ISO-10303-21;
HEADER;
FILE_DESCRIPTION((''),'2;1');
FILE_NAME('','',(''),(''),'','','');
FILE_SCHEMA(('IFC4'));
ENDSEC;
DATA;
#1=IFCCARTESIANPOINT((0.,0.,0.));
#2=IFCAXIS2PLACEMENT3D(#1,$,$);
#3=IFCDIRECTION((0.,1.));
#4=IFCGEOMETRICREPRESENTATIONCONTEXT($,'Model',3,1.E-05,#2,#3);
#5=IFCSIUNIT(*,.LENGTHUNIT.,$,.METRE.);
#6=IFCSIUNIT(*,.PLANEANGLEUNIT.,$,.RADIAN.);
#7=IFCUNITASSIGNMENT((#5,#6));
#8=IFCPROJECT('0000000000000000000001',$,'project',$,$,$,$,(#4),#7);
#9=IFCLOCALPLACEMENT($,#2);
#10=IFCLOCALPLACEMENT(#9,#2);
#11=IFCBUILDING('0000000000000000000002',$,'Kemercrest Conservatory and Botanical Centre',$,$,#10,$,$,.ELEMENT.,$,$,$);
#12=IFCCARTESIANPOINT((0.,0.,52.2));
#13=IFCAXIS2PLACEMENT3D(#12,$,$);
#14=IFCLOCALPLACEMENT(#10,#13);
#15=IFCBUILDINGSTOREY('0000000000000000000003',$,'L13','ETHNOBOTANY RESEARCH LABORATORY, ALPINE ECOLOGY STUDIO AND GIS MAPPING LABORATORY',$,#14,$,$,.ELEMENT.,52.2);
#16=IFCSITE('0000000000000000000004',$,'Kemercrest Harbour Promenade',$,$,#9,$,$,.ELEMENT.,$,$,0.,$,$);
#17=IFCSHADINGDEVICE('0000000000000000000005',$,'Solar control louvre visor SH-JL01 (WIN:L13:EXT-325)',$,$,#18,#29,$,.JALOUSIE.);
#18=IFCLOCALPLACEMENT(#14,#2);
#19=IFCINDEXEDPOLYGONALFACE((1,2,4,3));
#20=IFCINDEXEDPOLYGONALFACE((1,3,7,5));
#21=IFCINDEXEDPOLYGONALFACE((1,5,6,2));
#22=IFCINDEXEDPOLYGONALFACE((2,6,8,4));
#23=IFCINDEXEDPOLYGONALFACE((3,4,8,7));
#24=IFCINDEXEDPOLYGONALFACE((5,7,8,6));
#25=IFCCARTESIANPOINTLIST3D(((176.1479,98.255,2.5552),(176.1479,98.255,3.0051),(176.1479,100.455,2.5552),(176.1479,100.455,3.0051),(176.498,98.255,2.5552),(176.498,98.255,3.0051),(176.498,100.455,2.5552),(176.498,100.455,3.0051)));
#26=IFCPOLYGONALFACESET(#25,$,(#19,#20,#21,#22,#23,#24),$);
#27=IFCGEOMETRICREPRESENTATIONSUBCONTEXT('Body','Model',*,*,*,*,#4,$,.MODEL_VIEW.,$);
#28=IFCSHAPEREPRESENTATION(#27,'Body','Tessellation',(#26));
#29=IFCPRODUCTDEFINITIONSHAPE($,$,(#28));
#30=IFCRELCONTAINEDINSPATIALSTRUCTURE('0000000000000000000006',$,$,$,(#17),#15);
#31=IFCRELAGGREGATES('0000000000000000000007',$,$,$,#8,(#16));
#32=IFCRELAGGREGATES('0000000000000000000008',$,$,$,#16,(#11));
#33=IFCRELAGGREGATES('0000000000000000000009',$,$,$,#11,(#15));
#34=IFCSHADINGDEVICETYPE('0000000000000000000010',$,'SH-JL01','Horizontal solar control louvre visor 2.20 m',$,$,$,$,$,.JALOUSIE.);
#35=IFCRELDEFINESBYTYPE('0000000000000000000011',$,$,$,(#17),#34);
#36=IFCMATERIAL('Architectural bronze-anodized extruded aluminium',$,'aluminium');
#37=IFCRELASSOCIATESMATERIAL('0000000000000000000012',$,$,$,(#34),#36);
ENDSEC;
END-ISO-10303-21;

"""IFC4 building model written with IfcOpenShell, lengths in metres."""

from ifc_helpers import new_model, si_unit, direction, frame, origin, origin_2d, place, context, subcontext, project, spatial, rectangle, extrude, material, type_object, element, save


model = new_model("IFC4")

# Units and contexts
model_context = context("Model", 3, precision=1e-05, world=origin(), true_north=direction((0.0, 1.0)))
body_context = subcontext(model_context, "Body", "Model", "MODEL_VIEW")
ifc_project = project(units=[si_unit("LENGTHUNIT", "METRE"), si_unit("PLANEANGLEUNIT", "RADIAN")], contexts=[model_context])

# Site, building, storey
site_placement = place(None, origin())
site = spatial("IfcSite", under=ifc_project, at=site_placement, Name="Kemercrest Harbour Promenade", CompositionType="ELEMENT", RefElevation=0.0)
building_placement = place(site_placement, origin())
building = spatial("IfcBuilding", under=site, at=building_placement, Name="Kemercrest Conservatory and Botanical Centre", CompositionType="ELEMENT")
storey_placement = place(building_placement, frame((0.0, 0.0, 52.2)))
storey = spatial("IfcBuildingStorey", under=building, at=storey_placement, Name="L13", Description="ETHNOBOTANY RESEARCH LABORATORY, ALPINE ECOLOGY STUDIO AND GIS MAPPING LABORATORY", CompositionType="ELEMENT", Elevation=52.2)

# Shading device
ifc_material_1 = material(Name="Architectural bronze-anodized extruded aluminium", Category="aluminium")
shading_device_type = type_object("IfcShadingDeviceType", Name="SH-JL01", Description="Horizontal solar control louvre visor 2.20 m", PredefinedType="JALOUSIE", material=ifc_material_1)
shading_device_placement = place(storey_placement, frame((176.323, 99.355, 2.5552), z_axis=(0.0, 0.0, 1.0), x_axis=(0.0, 1.0, 0.0)))
element("IfcShadingDevice", 1, at=shading_device_placement, inside=storey, type_object=shading_device_type, Name="Solar control louvre visor SH-JL01 (WIN:L13:EXT-325)", PredefinedType="JALOUSIE", context=body_context, shape_type="SweptSolid", body=[
    extrude(rectangle(XDim=2.2, YDim=0.3501, at=origin_2d()), origin(), (0.0, 0.0, 1.0), 0.45),
])

save(model, "model.ifc")
